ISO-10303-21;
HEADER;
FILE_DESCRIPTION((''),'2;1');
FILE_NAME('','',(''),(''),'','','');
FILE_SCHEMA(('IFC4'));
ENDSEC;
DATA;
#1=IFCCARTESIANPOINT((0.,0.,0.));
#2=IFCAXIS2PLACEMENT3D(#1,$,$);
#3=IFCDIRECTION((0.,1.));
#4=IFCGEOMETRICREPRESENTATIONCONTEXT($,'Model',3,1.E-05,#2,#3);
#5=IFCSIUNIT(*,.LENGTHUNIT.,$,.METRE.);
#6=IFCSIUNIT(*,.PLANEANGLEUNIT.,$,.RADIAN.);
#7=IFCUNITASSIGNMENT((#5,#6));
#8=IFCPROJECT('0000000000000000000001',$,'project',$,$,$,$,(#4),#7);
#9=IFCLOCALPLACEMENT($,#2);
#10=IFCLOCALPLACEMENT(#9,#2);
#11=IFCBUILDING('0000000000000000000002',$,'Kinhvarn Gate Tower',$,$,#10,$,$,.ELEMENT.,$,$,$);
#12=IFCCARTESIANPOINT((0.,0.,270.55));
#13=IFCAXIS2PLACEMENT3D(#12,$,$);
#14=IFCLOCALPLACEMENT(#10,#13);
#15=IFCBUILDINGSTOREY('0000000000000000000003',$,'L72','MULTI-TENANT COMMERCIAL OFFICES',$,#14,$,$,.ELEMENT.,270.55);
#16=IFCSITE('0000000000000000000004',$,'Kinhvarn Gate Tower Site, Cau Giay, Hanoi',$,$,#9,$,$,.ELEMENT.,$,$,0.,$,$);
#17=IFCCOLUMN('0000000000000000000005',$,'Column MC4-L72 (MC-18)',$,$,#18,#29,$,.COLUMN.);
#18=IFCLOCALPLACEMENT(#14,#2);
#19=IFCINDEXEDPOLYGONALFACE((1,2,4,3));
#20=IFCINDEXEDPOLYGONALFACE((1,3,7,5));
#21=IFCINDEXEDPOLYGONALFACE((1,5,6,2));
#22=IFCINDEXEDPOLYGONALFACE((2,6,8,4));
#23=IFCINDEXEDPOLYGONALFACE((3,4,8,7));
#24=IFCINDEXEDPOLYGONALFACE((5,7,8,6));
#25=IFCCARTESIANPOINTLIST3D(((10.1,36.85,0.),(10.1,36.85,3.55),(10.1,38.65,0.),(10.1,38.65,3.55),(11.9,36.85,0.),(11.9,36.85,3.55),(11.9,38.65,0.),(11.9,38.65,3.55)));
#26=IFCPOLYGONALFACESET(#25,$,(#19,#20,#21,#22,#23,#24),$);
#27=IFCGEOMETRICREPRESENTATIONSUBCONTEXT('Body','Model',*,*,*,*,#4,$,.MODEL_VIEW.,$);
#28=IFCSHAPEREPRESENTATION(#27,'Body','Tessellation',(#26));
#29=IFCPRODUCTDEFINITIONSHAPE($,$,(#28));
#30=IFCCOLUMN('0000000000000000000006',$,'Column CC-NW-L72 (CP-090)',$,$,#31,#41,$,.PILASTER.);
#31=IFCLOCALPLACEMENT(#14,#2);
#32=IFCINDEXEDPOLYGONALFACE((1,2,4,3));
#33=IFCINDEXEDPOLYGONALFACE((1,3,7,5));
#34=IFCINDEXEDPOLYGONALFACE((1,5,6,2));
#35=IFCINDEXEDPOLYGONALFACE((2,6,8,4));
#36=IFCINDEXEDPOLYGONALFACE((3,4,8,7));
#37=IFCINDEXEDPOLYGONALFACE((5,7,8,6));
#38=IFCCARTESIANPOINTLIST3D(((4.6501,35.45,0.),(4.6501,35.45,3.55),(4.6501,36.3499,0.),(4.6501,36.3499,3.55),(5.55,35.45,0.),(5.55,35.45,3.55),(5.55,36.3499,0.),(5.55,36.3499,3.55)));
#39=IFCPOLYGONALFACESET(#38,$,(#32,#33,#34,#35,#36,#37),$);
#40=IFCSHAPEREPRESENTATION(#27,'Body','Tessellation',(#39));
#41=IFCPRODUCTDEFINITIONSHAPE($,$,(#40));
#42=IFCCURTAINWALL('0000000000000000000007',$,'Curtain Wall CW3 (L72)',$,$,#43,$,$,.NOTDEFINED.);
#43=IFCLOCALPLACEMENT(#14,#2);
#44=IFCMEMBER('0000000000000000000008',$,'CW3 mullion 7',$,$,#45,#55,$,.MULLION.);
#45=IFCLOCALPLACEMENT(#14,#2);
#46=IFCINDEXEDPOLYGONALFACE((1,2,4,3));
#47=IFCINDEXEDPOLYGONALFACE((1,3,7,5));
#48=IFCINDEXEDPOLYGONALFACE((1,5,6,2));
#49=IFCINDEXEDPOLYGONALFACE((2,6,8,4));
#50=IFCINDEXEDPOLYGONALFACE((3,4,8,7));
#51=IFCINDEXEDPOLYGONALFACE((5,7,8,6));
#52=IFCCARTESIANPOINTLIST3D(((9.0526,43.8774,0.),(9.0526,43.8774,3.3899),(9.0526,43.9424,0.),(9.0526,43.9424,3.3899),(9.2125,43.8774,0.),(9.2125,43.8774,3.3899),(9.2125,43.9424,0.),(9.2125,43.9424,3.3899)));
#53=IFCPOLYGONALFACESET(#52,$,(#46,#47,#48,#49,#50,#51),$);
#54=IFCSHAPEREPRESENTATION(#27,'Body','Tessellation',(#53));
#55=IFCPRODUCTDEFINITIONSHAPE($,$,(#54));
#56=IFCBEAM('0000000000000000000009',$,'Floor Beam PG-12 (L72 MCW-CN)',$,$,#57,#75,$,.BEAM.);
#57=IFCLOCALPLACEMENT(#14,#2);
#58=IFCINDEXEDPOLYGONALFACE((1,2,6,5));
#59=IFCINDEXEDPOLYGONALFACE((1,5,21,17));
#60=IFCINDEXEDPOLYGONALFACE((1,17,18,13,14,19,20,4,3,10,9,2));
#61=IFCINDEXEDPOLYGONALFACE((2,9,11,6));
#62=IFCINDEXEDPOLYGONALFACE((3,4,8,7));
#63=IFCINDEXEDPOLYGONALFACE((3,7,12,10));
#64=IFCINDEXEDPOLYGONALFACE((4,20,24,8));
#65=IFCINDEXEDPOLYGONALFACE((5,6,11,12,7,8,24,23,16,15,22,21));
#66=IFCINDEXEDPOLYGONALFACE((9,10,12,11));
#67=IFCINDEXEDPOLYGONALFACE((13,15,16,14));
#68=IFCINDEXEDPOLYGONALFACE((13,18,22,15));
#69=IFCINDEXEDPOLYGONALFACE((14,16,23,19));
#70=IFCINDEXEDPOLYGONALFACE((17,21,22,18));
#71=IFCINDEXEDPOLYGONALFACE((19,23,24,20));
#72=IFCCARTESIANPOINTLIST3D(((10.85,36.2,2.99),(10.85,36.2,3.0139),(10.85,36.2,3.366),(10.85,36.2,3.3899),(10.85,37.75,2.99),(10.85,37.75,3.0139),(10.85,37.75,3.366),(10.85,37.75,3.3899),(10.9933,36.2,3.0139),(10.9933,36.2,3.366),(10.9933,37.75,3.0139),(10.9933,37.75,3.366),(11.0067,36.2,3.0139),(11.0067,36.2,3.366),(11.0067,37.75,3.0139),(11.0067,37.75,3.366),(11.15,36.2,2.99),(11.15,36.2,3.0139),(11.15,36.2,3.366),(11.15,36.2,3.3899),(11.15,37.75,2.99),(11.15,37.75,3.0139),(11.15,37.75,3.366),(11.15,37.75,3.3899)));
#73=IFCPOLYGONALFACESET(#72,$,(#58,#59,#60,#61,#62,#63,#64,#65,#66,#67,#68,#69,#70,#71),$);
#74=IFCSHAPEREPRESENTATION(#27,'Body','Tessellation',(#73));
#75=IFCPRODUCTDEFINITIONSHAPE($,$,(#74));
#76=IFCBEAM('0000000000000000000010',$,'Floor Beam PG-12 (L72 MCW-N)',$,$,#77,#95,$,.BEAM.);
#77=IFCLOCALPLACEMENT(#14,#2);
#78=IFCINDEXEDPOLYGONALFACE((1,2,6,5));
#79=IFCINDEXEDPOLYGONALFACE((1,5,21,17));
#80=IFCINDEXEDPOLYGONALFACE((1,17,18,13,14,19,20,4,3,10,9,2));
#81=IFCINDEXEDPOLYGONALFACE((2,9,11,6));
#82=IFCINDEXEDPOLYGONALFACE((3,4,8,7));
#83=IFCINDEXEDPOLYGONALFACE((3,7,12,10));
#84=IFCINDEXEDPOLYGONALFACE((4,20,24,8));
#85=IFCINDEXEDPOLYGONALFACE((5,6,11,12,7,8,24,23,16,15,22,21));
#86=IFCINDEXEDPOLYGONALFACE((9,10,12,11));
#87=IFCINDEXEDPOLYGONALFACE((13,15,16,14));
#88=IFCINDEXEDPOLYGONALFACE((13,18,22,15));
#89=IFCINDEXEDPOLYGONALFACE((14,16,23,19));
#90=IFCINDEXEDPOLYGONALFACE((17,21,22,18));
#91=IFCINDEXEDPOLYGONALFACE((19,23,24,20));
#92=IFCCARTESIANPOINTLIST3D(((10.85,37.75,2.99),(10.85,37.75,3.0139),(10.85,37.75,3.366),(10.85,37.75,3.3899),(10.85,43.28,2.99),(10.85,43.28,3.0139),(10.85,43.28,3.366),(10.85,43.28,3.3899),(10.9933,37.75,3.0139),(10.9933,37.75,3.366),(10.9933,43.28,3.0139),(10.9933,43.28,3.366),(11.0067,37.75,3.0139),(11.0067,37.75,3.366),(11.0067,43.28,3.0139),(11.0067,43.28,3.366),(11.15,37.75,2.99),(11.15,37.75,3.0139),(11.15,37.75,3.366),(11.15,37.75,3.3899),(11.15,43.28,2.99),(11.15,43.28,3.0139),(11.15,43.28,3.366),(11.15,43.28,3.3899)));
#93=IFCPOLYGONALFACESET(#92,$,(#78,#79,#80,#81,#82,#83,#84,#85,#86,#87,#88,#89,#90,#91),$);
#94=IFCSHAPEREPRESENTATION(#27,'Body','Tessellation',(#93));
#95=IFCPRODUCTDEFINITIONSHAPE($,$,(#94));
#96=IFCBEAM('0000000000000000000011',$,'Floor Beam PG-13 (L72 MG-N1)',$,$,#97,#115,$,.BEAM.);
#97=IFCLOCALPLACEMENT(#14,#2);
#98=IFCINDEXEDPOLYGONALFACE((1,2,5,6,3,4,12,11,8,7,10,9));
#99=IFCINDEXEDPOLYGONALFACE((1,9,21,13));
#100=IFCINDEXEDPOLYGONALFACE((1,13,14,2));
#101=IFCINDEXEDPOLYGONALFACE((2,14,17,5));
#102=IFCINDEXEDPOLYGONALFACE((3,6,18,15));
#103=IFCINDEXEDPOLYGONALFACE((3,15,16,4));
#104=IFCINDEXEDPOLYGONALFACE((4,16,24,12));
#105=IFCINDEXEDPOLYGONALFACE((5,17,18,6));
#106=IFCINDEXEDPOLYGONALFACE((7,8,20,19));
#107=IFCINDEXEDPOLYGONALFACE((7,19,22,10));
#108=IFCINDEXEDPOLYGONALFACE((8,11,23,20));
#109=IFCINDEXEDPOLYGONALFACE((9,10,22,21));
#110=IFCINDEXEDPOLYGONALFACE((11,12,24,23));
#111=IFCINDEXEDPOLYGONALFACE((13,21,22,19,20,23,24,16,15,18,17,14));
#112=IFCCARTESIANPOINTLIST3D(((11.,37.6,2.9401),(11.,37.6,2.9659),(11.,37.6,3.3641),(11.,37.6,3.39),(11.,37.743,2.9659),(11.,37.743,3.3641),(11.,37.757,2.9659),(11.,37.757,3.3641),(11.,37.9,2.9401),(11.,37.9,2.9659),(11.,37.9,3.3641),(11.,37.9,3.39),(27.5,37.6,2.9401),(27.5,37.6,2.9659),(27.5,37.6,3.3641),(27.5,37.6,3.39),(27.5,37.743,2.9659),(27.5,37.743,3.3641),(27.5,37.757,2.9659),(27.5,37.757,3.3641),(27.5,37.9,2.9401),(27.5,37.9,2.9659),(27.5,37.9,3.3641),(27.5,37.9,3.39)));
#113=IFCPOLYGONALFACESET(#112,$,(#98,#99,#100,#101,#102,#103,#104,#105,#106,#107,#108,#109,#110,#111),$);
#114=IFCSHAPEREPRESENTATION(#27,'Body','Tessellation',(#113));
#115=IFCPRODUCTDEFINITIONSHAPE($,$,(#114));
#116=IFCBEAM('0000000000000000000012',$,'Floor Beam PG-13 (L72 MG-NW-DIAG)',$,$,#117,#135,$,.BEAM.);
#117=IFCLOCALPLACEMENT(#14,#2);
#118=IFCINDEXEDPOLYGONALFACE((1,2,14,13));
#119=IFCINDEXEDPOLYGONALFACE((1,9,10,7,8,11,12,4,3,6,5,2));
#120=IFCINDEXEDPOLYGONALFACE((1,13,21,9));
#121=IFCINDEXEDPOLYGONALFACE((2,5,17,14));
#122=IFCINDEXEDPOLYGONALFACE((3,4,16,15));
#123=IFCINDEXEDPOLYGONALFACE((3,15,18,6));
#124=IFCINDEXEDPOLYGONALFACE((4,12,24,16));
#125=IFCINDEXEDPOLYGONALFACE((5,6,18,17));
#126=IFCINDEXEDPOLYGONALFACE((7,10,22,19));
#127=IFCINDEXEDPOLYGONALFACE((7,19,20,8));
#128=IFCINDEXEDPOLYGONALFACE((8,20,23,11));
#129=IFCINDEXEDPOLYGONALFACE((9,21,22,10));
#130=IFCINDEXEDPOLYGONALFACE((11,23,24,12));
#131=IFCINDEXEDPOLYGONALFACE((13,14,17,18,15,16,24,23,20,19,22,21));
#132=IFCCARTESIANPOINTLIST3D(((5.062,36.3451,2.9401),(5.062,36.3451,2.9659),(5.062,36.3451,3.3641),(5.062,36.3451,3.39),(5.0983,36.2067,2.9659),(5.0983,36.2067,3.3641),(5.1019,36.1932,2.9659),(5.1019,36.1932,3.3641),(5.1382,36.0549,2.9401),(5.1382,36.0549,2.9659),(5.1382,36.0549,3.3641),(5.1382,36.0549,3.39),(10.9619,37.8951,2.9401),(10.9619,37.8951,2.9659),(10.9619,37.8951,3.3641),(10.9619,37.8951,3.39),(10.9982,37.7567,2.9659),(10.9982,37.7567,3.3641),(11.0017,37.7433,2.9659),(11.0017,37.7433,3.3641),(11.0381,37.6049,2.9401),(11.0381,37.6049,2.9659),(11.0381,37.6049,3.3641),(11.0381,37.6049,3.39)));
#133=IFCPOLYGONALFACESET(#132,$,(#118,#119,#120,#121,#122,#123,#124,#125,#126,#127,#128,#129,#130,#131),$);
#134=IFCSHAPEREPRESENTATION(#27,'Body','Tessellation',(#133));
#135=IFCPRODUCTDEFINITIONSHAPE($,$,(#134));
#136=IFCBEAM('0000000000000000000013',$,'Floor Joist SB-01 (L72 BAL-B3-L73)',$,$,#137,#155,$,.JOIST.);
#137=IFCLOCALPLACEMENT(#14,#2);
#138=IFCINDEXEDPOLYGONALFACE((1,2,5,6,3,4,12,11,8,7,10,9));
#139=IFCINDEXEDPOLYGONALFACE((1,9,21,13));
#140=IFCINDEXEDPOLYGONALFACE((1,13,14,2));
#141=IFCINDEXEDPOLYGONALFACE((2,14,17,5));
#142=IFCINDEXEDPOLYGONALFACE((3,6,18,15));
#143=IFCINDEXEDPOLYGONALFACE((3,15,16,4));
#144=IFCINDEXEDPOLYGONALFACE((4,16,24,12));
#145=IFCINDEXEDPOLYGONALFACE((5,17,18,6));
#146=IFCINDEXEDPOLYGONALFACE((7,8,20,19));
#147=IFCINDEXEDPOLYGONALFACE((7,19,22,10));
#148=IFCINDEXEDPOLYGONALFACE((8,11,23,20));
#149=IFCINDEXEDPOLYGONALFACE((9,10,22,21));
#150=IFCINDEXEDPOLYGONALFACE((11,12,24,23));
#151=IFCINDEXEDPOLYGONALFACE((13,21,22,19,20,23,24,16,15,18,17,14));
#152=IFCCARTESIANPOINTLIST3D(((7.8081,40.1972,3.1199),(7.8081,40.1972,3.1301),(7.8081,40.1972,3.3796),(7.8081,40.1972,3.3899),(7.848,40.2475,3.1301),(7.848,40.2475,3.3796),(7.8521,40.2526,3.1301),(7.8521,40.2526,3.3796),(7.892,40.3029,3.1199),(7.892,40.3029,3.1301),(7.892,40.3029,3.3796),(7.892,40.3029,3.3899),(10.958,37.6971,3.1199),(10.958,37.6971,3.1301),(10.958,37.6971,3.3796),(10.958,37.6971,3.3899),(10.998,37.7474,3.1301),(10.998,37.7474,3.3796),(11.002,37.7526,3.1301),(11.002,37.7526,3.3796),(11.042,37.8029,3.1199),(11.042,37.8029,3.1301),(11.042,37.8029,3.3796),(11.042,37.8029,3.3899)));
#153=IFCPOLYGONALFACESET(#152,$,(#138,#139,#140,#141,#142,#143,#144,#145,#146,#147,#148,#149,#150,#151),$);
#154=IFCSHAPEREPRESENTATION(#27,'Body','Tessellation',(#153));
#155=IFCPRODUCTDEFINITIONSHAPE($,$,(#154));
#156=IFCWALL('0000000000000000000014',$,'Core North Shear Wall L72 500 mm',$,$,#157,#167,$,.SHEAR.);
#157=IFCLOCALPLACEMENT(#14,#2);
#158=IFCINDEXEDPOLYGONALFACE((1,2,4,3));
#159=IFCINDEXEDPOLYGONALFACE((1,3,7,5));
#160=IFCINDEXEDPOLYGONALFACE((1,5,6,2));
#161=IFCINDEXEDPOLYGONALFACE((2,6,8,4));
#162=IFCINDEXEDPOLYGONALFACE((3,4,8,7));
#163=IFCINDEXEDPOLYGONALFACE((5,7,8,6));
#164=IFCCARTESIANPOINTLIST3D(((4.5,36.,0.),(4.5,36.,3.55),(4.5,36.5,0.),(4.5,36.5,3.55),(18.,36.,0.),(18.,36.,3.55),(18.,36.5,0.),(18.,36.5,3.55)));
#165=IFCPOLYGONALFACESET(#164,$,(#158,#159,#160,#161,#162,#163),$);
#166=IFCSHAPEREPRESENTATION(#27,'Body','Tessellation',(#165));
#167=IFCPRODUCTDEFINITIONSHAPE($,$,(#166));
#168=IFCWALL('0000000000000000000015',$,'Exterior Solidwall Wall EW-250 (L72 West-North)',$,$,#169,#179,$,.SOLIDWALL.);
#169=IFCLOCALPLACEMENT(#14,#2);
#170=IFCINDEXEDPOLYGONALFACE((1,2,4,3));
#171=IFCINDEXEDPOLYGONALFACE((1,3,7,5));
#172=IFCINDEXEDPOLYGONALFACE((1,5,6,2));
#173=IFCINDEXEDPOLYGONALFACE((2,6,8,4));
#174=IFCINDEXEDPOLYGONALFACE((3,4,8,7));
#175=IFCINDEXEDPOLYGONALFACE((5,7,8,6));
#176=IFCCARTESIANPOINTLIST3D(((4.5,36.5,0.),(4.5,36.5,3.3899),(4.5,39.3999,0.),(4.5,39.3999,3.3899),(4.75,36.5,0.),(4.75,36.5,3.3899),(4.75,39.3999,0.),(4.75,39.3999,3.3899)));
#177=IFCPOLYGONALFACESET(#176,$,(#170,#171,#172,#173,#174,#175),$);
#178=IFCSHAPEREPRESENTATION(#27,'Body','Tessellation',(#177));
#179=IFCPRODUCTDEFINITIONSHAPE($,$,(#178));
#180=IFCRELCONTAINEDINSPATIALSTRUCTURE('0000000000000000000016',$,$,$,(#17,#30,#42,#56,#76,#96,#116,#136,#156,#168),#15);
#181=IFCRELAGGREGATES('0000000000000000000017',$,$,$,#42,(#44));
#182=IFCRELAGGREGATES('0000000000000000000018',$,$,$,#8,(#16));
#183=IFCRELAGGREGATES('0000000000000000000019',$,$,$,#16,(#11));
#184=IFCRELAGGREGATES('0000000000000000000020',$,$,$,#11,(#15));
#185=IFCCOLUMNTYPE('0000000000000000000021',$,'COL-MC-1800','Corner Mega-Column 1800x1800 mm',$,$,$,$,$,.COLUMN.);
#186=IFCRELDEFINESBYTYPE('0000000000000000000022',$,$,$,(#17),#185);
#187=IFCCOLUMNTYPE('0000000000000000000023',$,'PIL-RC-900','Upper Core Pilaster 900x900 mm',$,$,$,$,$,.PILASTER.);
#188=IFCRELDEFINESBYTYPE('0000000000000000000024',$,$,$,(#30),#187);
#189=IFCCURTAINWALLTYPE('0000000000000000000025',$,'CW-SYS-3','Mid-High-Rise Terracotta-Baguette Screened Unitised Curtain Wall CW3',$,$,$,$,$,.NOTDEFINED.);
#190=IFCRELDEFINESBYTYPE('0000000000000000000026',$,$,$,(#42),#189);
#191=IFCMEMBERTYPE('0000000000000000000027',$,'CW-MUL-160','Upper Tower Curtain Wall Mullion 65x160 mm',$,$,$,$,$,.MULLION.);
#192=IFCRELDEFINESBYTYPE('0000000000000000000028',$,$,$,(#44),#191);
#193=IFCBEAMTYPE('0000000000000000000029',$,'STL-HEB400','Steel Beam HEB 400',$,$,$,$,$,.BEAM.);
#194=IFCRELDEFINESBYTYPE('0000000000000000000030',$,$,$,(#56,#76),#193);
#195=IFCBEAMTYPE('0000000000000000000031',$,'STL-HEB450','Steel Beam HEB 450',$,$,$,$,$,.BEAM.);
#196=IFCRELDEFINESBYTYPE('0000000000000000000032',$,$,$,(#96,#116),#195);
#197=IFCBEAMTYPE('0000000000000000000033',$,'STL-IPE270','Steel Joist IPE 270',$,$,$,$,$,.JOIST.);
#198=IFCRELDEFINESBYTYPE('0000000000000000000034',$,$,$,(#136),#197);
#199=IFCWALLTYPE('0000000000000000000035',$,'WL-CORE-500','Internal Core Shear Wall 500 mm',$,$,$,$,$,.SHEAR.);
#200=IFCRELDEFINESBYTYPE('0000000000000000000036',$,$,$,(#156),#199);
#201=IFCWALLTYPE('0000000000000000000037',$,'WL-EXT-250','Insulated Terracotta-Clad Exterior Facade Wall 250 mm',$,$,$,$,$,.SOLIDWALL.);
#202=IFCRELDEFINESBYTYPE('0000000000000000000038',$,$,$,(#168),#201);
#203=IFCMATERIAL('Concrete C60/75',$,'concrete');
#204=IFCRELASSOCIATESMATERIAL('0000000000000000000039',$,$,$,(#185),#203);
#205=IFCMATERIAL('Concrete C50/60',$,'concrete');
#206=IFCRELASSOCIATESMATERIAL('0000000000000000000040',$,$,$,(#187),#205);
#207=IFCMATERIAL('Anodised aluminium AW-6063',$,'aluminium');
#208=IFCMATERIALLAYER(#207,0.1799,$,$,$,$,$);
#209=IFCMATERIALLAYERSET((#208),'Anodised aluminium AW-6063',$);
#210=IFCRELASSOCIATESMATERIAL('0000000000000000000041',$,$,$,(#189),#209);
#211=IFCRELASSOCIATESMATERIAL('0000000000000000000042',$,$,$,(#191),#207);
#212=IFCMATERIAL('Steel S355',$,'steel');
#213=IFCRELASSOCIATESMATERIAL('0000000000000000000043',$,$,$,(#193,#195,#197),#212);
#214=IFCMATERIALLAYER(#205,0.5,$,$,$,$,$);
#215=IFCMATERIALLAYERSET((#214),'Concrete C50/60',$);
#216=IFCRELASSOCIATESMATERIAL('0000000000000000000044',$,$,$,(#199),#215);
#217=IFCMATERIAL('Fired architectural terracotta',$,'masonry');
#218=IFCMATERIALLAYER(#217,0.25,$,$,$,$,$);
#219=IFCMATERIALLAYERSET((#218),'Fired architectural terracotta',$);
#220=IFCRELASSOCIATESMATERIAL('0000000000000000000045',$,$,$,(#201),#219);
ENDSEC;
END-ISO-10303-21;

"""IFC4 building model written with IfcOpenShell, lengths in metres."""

from ifc_helpers import new_model, si_unit, direction, frame, frame_2d, origin, origin_2d, place, context, subcontext, project, spatial, rectangle, i_section, extrude, material, layer, layer_set, material_profile, profile_set, type_object, element, aggregate, save


model = new_model("IFC4")

# Units and contexts
model_context = context("Model", 3, precision=1e-05, world=origin(), true_north=direction((0.0, 1.0)))
body_context = subcontext(model_context, "Body", "Model", "MODEL_VIEW")
ifc_project = project(units=[si_unit("LENGTHUNIT", "METRE"), si_unit("PLANEANGLEUNIT", "RADIAN")], contexts=[model_context])

# Site, building, storey
site_placement = place(None, origin())
site = spatial("IfcSite", under=ifc_project, at=site_placement, Name="Kinhvarn Gate Tower Site, Cau Giay, Hanoi", CompositionType="ELEMENT", RefElevation=0.0)
building_placement = place(site_placement, origin())
building = spatial("IfcBuilding", under=site, at=building_placement, Name="Kinhvarn Gate Tower", CompositionType="ELEMENT")
storey_placement = place(building_placement, frame((0.0, 0.0, 270.55)))
storey = spatial("IfcBuildingStorey", under=building, at=storey_placement, Name="L72", Description="MULTI-TENANT COMMERCIAL OFFICES", CompositionType="ELEMENT", Elevation=270.55)

# Columns
ifc_material_1 = material(Name="Concrete C60/75", Category="concrete")
ifc_material_profile_1 = material_profile(ifc_material_1, rectangle(XDim=1.8, YDim=1.8, at=origin_2d()), Name="RC 1800x1800")
ifc_profile_set_1 = profile_set([ifc_material_profile_1], Name="Concrete C60/75")
column_type_1 = type_object("IfcColumnType", Name="COL-MC-1800", Description="Corner Mega-Column 1800x1800 mm", PredefinedType="COLUMN", material=ifc_profile_set_1)
column_1_placement = place(storey_placement, frame((11.0, 37.75, 0.0), z_axis=(0.0, 0.0, 1.0), x_axis=(1.0, 0.0, 0.0)))
element("IfcColumn", 1, at=column_1_placement, inside=storey, type_object=column_type_1, Name="Column MC4-L72 (MC-18)", PredefinedType="COLUMN", context=body_context, shape_type="SweptSolid", body=[
    extrude(rectangle(XDim=1.8, YDim=1.8, at=origin_2d()), origin(), (0.0, 0.0, 1.0), 3.55),
])
ifc_material_2 = material(Name="Concrete C50/60", Category="concrete")
ifc_material_profile_2 = material_profile(ifc_material_2, rectangle(XDim=0.8999, YDim=0.8999, at=origin_2d()), Name="RC 900x900")
ifc_profile_set_2 = profile_set([ifc_material_profile_2], Name="Concrete C50/60")
column_type_2 = type_object("IfcColumnType", Name="PIL-RC-900", Description="Upper Core Pilaster 900x900 mm", PredefinedType="PILASTER", material=ifc_profile_set_2)
column_2_placement = place(storey_placement, frame((5.1001, 35.8999, 0.0), z_axis=(0.0, 0.0, 1.0), x_axis=(1.0, 0.0, 0.0)))
element("IfcColumn", 2, at=column_2_placement, inside=storey, type_object=column_type_2, Name="Column CC-NW-L72 (CP-090)", PredefinedType="PILASTER", context=body_context, shape_type="SweptSolid", body=[
    extrude(rectangle(XDim=0.8999, YDim=0.8999, at=origin_2d()), origin(), (0.0, 0.0, 1.0), 3.55),
])

# Curtain wall, member
ifc_material_3 = material(Name="Anodised aluminium AW-6063", Category="aluminium")
ifc_layer_1 = layer(ifc_material_3, 0.1799)
ifc_layer_set_1 = layer_set([ifc_layer_1], Name="Anodised aluminium AW-6063")
curtain_wall_type = type_object("IfcCurtainWallType", Name="CW-SYS-3", Description="Mid-High-Rise Terracotta-Baguette Screened Unitised Curtain Wall CW3", PredefinedType="NOTDEFINED", material=ifc_layer_set_1)
curtain_wall_placement = place(storey_placement, origin())
curtain_wall = element("IfcCurtainWall", 3, at=curtain_wall_placement, inside=storey, type_object=curtain_wall_type, Name="Curtain Wall CW3 (L72)", PredefinedType="NOTDEFINED")
ifc_material_profile_3 = material_profile(ifc_material_3, rectangle(XDim=0.0649, YDim=0.1599, at=origin_2d()), Name="ALU 65x160")
ifc_profile_set_3 = profile_set([ifc_material_profile_3], Name="Anodised aluminium AW-6063")
member_type = type_object("IfcMemberType", Name="CW-MUL-160", Description="Upper Tower Curtain Wall Mullion 65x160 mm", PredefinedType="MULLION", material=ifc_profile_set_3)
member_placement = place(storey_placement, frame((9.1326, 43.9099, 0.0), z_axis=(0.0, 0.0, 1.0), x_axis=(0.0, -1.0, 0.0)))
member = element("IfcMember", 4, at=member_placement, type_object=member_type, Name="CW3 mullion 7", PredefinedType="MULLION", context=body_context, shape_type="SweptSolid", body=[
    extrude(rectangle(XDim=0.0649, YDim=0.1599, at=origin_2d()), origin(), (0.0, 0.0, 1.0), 3.3899),
])
aggregate(curtain_wall, [member])

# Beams
ifc_material_4 = material(Name="Steel S355", Category="steel")
ifc_material_profile_4 = material_profile(ifc_material_4, i_section(OverallWidth=0.3, OverallDepth=0.3999, WebThickness=0.0134, FlangeThickness=0.0239, at=origin_2d()), Name="HEB 400")
ifc_profile_set_4 = profile_set([ifc_material_profile_4], Name="Steel S355")
beam_type_1 = type_object("IfcBeamType", Name="STL-HEB400", Description="Steel Beam HEB 400", PredefinedType="BEAM", material=ifc_profile_set_4)
beam_1_placement = place(storey_placement, frame((11.0, 36.2, 3.1899), z_axis=(0.0, 1.0, 0.0), x_axis=(-1.0, 0.0, 0.0)))
element("IfcBeam", 5, at=beam_1_placement, inside=storey, type_object=beam_type_1, Name="Floor Beam PG-12 (L72 MCW-CN)", PredefinedType="BEAM", context=body_context, shape_type="SweptSolid", body=[
    extrude(i_section(OverallWidth=0.3, OverallDepth=0.3999, WebThickness=0.0134, FlangeThickness=0.0239, at=origin_2d()), origin(), (0.0, 0.0, 1.0), 1.55),
])
beam_2_placement = place(storey_placement, frame((11.0, 37.75, 3.1899), z_axis=(0.0, 1.0, 0.0), x_axis=(-1.0, 0.0, 0.0)))
element("IfcBeam", 6, at=beam_2_placement, inside=storey, type_object=beam_type_1, Name="Floor Beam PG-12 (L72 MCW-N)", PredefinedType="BEAM", context=body_context, shape_type="SweptSolid", body=[
    extrude(i_section(OverallWidth=0.3, OverallDepth=0.3999, WebThickness=0.0134, FlangeThickness=0.0239, at=origin_2d()), origin(), (0.0, 0.0, 1.0), 5.53),
])
ifc_material_profile_5 = material_profile(ifc_material_4, i_section(OverallWidth=0.3, OverallDepth=0.45, WebThickness=0.0139, FlangeThickness=0.0259, at=origin_2d()), Name="HEB 450")
ifc_profile_set_5 = profile_set([ifc_material_profile_5], Name="Steel S355")
beam_type_2 = type_object("IfcBeamType", Name="STL-HEB450", Description="Steel Beam HEB 450", PredefinedType="BEAM", material=ifc_profile_set_5)
beam_3_placement = place(storey_placement, frame((11.0, 37.75, 3.165), z_axis=(1.0, 0.0, 0.0), x_axis=(0.0, 1.0, 0.0)))
element("IfcBeam", 7, at=beam_3_placement, inside=storey, type_object=beam_type_2, Name="Floor Beam PG-13 (L72 MG-N1)", PredefinedType="BEAM", context=body_context, shape_type="SweptSolid", body=[
    extrude(i_section(OverallWidth=0.3, OverallDepth=0.45, WebThickness=0.0139, FlangeThickness=0.0259, at=origin_2d()), origin(), (0.0, 0.0, 1.0), 16.5),
])
beam_4_placement = place(storey_placement, frame((5.1001, 36.2, 3.165), z_axis=(0.967178, 0.254101, 0.0), x_axis=(-0.254101, 0.967178, 0.0)))
element("IfcBeam", 8, at=beam_4_placement, inside=storey, type_object=beam_type_2, Name="Floor Beam PG-13 (L72 MG-NW-DIAG)", PredefinedType="BEAM", context=body_context, shape_type="SweptSolid", body=[
    extrude(i_section(OverallWidth=0.3, OverallDepth=0.45, WebThickness=0.0139, FlangeThickness=0.0259, at=origin_2d()), origin(), (0.0, 0.0, 1.0), 6.1001),
])
ifc_material_profile_6 = material_profile(ifc_material_4, i_section(OverallWidth=0.135, OverallDepth=0.27, WebThickness=0.0066, FlangeThickness=0.0103, at=origin_2d()), Name="IPE 270")
ifc_profile_set_6 = profile_set([ifc_material_profile_6], Name="Steel S355")
beam_type_3 = type_object("IfcBeamType", Name="STL-IPE270", Description="Steel Joist IPE 270", PredefinedType="JOIST", material=ifc_profile_set_6)
beam_5_placement = place(storey_placement, frame((11.0, 37.75, 3.2549), z_axis=(-0.78328, 0.62167, 0.0), x_axis=(-0.62167, -0.78328, 0.0)))
element("IfcBeam", 9, at=beam_5_placement, inside=storey, type_object=beam_type_3, Name="Floor Joist SB-01 (L72 BAL-B3-L73)", PredefinedType="JOIST", context=body_context, shape_type="SweptSolid", body=[
    extrude(i_section(OverallWidth=0.135, OverallDepth=0.27, WebThickness=0.0066, FlangeThickness=0.0103, at=origin_2d()), origin(), (0.0, 0.0, 1.0), 4.0215),
])

# Walls
ifc_layer_2 = layer(ifc_material_2, 0.5)
ifc_layer_set_2 = layer_set([ifc_layer_2], Name="Concrete C50/60")
wall_type_1 = type_object("IfcWallType", Name="WL-CORE-500", Description="Internal Core Shear Wall 500 mm", PredefinedType="SHEAR", material=ifc_layer_set_2)
wall_1_placement = place(storey_placement, frame((4.5, 36.25, 0.0), z_axis=(0.0, 0.0, 1.0), x_axis=(1.0, 0.0, 0.0)))
element("IfcWall", 10, at=wall_1_placement, inside=storey, type_object=wall_type_1, Name="Core North Shear Wall L72 500 mm", PredefinedType="SHEAR", context=body_context, shape_type="SweptSolid", body=[
    extrude(rectangle(XDim=13.5, YDim=0.5, at=frame_2d((6.75, 0.0))), origin(), (0.0, 0.0, 1.0), 3.55),
])
ifc_material_5 = material(Name="Fired architectural terracotta", Category="masonry")
ifc_layer_3 = layer(ifc_material_5, 0.25)
ifc_layer_set_3 = layer_set([ifc_layer_3], Name="Fired architectural terracotta")
wall_type_2 = type_object("IfcWallType", Name="WL-EXT-250", Description="Insulated Terracotta-Clad Exterior Facade Wall 250 mm", PredefinedType="SOLIDWALL", material=ifc_layer_set_3)
wall_2_placement = place(storey_placement, frame((4.625, 39.3999, 0.0), z_axis=(0.0, 0.0, 1.0), x_axis=(0.0, -1.0, 0.0)))
element("IfcWall", 11, at=wall_2_placement, inside=storey, type_object=wall_type_2, Name="Exterior Solidwall Wall EW-250 (L72 West-North)", PredefinedType="SOLIDWALL", context=body_context, shape_type="SweptSolid", body=[
    extrude(rectangle(XDim=2.8999, YDim=0.25, at=frame_2d((1.45, 0.0))), origin(), (0.0, 0.0, 1.0), 3.3899),
])

save(model, "model.ifc")
